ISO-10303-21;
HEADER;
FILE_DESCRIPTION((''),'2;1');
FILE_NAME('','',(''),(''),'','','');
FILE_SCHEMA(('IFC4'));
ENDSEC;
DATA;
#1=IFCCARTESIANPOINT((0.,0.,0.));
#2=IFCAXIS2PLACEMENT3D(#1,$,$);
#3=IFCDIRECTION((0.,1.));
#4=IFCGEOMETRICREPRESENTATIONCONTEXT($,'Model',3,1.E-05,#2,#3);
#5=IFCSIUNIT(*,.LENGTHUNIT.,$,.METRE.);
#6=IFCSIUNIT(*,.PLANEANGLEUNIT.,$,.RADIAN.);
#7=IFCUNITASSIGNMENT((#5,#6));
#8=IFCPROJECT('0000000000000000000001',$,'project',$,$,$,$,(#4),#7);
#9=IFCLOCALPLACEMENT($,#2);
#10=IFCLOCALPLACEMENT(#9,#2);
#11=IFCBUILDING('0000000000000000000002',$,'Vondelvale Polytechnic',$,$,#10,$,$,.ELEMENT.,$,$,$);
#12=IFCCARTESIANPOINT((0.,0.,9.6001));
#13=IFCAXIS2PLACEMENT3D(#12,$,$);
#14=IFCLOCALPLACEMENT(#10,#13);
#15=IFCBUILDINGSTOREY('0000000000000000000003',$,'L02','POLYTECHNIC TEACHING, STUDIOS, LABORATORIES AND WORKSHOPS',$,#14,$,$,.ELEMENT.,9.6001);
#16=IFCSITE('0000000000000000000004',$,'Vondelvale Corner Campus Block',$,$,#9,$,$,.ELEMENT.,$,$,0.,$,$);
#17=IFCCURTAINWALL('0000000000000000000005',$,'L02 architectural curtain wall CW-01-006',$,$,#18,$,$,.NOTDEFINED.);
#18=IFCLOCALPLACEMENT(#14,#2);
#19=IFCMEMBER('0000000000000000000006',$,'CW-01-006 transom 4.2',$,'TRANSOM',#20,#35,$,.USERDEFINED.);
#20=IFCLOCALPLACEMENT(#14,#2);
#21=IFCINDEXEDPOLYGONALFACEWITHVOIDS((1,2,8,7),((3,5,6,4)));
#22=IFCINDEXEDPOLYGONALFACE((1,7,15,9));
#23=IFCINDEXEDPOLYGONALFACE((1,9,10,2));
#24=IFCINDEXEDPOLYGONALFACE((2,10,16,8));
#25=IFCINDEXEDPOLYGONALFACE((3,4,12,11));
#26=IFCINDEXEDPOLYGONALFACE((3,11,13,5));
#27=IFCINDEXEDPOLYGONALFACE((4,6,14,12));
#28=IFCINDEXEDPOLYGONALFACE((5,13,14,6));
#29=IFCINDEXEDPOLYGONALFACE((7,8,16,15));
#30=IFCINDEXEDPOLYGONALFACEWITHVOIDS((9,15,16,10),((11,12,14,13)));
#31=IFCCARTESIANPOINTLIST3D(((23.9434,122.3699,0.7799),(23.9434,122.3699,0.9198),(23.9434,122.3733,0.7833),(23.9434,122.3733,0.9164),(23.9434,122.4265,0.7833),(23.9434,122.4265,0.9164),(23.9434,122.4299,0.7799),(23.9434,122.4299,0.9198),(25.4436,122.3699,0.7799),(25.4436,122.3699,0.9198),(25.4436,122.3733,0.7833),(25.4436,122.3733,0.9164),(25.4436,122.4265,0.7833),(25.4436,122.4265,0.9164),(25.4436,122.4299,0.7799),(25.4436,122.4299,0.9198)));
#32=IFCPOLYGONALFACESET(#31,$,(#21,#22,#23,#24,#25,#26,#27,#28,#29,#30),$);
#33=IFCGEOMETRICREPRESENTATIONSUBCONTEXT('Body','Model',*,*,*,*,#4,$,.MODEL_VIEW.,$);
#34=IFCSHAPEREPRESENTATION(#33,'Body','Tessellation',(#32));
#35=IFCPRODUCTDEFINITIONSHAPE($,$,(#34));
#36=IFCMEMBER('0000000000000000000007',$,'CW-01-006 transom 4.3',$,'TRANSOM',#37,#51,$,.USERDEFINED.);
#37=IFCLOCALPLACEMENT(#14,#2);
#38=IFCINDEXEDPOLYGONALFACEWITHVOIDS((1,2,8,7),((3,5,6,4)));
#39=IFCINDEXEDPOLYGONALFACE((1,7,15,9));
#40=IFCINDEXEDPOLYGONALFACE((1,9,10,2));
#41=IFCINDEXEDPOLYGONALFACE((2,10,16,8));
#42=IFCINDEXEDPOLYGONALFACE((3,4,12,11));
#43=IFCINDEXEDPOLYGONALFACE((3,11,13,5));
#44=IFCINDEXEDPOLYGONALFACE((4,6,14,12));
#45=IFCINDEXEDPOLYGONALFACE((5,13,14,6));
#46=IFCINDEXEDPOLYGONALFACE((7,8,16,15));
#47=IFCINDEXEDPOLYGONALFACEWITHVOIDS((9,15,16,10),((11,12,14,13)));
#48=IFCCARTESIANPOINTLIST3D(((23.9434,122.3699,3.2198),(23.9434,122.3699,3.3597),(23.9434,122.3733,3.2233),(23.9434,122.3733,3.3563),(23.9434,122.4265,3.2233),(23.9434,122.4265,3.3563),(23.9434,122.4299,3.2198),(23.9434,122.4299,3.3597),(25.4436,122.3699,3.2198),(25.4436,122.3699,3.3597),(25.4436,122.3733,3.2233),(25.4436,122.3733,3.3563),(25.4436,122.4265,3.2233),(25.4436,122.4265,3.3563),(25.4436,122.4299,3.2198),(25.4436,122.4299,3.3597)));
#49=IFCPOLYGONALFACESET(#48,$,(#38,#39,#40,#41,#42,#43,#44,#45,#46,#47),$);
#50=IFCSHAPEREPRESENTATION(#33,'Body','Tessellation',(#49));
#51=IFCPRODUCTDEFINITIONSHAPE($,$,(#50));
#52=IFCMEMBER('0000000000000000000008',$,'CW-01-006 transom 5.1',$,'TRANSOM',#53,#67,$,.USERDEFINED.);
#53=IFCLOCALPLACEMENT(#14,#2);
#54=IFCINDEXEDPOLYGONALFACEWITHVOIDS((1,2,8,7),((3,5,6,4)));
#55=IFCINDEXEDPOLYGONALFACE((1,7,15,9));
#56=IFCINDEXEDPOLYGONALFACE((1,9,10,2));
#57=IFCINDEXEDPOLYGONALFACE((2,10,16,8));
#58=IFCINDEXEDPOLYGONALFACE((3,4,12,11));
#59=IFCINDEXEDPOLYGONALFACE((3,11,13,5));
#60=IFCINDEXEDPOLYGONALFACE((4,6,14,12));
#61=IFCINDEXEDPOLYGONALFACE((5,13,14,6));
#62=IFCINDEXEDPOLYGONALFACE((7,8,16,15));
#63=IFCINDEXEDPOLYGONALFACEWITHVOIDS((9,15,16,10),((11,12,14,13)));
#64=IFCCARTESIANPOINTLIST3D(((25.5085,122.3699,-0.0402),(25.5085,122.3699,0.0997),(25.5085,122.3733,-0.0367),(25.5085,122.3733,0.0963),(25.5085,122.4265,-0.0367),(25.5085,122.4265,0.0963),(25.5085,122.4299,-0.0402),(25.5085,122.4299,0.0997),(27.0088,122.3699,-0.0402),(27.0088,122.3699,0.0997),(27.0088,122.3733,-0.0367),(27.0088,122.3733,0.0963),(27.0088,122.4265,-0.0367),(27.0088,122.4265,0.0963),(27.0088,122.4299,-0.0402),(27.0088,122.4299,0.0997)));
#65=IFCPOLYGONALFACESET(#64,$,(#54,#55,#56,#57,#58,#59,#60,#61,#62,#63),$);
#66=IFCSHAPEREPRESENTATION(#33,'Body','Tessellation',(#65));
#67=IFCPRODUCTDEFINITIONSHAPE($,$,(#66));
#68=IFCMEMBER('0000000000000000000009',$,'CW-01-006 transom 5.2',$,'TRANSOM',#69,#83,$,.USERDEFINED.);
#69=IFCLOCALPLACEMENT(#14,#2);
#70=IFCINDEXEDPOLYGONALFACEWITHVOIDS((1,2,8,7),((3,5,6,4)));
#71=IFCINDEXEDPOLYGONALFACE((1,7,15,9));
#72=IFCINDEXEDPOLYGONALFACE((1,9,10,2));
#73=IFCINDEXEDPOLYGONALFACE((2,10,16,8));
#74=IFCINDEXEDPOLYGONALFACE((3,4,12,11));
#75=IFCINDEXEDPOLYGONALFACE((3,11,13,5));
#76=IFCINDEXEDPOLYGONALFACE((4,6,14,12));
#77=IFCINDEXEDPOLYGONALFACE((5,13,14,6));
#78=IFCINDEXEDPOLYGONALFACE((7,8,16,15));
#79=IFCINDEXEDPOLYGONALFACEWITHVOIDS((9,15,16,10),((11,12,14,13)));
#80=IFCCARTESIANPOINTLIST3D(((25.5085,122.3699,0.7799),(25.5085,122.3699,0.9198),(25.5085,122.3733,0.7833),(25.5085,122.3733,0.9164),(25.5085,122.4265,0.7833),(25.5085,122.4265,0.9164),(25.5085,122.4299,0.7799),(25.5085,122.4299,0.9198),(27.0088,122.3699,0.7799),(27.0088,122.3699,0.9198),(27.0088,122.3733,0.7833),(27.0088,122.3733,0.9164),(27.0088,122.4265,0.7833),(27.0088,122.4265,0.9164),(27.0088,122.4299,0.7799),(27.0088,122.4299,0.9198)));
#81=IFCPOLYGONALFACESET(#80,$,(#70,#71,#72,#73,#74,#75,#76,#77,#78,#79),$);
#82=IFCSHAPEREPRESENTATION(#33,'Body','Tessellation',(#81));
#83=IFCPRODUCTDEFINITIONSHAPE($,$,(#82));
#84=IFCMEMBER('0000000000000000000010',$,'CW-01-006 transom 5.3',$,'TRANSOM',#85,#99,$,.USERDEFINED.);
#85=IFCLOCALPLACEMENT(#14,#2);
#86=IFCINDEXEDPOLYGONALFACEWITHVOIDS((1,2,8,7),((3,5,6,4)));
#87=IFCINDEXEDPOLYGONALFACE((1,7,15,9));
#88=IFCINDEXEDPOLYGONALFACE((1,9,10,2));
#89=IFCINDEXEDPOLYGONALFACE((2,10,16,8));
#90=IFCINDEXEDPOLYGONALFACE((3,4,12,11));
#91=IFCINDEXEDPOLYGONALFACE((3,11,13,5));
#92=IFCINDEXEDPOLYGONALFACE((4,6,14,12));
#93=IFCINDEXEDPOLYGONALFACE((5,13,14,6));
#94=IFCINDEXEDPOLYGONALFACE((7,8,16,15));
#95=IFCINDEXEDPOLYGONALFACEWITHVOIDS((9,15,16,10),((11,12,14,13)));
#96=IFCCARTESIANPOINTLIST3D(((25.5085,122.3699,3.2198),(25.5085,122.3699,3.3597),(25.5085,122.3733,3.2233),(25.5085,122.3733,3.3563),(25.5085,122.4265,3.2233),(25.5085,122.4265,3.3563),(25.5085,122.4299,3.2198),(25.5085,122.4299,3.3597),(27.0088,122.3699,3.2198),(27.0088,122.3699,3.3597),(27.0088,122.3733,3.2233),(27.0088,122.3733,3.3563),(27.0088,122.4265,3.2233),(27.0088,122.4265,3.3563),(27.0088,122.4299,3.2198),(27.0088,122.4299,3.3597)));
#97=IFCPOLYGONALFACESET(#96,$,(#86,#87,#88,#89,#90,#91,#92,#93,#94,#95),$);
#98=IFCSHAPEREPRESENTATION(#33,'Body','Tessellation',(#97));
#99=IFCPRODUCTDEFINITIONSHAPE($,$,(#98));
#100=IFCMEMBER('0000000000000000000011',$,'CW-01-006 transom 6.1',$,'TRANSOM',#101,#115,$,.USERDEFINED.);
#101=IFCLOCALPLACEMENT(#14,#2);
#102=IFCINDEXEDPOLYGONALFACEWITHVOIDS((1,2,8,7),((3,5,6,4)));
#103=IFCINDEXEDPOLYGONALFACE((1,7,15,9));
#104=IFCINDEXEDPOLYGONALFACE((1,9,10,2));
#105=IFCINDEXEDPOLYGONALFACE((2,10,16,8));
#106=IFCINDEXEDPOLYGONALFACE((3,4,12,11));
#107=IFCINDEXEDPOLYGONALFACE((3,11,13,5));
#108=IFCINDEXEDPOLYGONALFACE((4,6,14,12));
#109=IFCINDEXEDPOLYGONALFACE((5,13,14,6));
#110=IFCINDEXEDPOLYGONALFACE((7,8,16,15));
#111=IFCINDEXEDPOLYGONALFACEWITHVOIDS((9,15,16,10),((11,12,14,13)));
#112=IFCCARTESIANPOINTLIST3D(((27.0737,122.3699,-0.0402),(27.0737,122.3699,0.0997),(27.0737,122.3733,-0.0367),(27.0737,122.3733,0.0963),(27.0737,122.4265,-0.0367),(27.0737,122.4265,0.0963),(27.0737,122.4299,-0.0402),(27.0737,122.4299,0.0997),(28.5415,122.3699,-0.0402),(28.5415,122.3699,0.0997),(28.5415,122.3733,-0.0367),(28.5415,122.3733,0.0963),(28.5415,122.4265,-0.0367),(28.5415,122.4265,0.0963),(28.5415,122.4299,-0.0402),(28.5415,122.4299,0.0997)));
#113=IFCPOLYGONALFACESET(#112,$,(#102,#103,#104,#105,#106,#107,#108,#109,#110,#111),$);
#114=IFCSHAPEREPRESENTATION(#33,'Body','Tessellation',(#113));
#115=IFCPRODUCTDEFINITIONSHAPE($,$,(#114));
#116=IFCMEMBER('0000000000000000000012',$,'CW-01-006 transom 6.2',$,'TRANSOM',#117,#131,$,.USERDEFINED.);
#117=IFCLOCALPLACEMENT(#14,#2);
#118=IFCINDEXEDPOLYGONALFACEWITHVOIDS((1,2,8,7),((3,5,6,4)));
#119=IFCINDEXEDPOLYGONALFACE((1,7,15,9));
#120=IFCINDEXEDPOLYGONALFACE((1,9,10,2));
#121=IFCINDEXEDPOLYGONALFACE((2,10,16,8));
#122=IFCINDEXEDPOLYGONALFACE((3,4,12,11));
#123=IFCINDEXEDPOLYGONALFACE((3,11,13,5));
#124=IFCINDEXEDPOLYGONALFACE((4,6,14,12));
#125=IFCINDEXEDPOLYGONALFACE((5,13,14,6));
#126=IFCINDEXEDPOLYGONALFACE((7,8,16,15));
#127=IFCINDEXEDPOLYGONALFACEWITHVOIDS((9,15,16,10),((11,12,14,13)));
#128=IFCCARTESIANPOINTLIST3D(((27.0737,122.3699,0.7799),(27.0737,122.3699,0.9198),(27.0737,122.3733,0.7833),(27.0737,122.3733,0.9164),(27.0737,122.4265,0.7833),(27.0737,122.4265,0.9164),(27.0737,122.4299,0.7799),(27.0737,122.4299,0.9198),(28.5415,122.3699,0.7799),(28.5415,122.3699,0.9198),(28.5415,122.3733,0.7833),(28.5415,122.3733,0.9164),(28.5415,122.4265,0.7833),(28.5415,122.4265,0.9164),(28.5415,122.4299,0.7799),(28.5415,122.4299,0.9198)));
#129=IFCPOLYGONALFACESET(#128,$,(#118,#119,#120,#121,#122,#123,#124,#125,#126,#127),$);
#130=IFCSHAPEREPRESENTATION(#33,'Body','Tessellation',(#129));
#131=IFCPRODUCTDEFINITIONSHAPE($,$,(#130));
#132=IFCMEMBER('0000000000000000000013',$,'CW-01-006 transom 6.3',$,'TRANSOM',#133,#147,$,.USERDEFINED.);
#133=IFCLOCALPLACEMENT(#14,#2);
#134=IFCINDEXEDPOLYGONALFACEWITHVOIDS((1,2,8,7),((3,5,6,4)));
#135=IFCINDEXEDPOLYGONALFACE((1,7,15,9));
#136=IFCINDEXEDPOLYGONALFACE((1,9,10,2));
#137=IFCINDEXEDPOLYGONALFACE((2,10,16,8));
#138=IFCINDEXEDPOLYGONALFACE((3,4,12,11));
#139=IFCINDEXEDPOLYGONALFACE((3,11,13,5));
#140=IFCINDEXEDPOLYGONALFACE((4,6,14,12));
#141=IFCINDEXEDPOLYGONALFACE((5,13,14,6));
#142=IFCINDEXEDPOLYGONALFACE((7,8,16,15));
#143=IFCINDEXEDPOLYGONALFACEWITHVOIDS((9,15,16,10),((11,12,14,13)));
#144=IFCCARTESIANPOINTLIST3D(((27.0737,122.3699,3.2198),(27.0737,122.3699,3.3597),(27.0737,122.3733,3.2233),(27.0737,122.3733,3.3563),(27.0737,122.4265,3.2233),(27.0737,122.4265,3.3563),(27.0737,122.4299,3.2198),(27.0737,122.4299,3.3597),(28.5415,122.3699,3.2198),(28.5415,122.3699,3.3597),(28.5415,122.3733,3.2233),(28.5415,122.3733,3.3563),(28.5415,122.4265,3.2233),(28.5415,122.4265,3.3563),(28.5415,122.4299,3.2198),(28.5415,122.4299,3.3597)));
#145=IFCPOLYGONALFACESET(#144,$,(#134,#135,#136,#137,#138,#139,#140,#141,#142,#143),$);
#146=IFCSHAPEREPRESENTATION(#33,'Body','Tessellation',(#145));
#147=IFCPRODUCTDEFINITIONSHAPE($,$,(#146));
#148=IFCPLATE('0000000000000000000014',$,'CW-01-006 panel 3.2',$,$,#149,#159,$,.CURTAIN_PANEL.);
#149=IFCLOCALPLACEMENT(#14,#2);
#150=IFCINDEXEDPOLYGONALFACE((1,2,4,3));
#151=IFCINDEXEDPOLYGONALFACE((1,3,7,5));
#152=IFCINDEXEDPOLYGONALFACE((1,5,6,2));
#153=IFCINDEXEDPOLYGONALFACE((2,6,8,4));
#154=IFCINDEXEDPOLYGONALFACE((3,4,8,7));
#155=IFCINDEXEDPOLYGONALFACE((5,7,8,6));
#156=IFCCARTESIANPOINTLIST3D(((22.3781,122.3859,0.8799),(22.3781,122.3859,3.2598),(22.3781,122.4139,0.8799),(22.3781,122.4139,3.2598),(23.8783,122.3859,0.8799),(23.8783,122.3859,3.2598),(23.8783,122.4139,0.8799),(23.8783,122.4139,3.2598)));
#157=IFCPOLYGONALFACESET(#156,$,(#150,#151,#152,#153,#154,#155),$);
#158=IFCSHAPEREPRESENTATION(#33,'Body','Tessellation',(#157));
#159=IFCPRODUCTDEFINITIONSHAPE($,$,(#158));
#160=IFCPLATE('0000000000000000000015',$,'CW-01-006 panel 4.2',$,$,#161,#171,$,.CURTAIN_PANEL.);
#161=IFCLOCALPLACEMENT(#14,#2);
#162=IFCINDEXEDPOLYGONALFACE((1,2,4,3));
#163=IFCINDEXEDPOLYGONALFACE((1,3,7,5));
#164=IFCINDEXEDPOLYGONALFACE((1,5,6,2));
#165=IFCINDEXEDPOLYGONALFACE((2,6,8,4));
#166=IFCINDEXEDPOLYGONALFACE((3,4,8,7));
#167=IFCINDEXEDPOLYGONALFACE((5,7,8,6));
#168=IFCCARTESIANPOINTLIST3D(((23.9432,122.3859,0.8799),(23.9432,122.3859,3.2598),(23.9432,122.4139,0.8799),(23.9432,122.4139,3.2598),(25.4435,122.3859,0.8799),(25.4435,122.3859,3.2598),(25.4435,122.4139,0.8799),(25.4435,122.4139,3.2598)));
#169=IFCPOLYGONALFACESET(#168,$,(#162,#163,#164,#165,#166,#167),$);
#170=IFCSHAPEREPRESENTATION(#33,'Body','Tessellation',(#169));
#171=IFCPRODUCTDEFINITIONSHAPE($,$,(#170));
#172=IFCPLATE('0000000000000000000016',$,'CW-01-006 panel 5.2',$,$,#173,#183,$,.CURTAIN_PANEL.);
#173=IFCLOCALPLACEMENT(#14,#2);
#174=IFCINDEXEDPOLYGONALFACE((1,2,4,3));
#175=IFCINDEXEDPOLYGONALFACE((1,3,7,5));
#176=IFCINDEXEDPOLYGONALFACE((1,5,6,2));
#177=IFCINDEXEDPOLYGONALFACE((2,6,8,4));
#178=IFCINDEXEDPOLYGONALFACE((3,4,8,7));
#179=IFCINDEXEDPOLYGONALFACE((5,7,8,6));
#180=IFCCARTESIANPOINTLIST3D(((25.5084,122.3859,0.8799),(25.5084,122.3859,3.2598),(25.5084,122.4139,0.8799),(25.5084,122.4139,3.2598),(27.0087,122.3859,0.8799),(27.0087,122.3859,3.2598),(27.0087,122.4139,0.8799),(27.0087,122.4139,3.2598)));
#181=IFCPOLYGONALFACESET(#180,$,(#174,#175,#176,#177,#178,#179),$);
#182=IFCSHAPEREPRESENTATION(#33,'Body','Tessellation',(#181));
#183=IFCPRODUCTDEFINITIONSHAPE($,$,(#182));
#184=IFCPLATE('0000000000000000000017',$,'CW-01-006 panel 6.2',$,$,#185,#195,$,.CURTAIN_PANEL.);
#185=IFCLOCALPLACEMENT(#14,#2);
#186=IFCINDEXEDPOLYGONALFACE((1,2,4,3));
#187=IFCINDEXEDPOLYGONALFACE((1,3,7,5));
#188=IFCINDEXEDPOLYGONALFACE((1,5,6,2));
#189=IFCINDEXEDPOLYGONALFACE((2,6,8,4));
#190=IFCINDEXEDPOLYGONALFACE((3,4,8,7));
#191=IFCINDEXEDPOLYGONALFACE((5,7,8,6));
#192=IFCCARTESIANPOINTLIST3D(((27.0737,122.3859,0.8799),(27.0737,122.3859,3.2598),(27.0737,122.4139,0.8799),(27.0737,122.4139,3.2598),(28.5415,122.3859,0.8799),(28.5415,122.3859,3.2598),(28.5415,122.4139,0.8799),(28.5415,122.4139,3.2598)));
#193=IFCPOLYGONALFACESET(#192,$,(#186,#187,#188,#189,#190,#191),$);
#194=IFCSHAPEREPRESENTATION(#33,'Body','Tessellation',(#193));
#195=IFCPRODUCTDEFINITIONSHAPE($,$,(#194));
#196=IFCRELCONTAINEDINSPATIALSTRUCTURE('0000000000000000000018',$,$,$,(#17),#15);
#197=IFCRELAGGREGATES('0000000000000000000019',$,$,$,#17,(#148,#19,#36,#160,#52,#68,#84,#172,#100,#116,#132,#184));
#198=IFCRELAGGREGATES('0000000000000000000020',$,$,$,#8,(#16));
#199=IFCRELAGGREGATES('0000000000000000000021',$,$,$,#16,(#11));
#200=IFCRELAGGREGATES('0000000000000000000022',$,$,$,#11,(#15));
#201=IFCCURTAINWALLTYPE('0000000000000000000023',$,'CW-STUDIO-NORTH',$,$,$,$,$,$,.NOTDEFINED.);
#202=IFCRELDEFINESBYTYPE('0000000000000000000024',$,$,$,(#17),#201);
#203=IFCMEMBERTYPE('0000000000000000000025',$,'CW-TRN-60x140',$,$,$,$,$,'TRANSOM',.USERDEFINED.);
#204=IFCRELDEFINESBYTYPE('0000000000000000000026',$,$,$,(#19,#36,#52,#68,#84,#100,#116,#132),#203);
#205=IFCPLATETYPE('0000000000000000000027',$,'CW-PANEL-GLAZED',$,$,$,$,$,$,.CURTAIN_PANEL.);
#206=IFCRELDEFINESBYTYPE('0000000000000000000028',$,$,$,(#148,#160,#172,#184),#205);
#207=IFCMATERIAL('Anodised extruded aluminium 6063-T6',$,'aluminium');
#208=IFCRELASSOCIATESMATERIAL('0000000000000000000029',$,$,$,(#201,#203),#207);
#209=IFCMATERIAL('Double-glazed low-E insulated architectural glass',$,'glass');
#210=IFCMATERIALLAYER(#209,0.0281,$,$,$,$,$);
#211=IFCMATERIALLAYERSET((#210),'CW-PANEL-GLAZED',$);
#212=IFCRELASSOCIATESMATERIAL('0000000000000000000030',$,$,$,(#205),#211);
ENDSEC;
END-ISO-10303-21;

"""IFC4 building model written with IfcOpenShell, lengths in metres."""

from ifc_helpers import new_model, si_unit, direction, frame, origin, origin_2d, place, context, subcontext, project, spatial, rectangle, hollow_rectangle, extrude, material, layer, layer_set, material_profile, profile_set, type_object, element, aggregate, save


model = new_model("IFC4")

# Units and contexts
model_context = context("Model", 3, precision=1e-05, world=origin(), true_north=direction((0.0, 1.0)))
body_context = subcontext(model_context, "Body", "Model", "MODEL_VIEW")
ifc_project = project(units=[si_unit("LENGTHUNIT", "METRE"), si_unit("PLANEANGLEUNIT", "RADIAN")], contexts=[model_context])

# Site, building, storey
site_placement = place(None, origin())
site = spatial("IfcSite", under=ifc_project, at=site_placement, Name="Vondelvale Corner Campus Block", CompositionType="ELEMENT", RefElevation=0.0)
building_placement = place(site_placement, origin())
building = spatial("IfcBuilding", under=site, at=building_placement, Name="Vondelvale Polytechnic", CompositionType="ELEMENT")
storey_placement = place(building_placement, frame((0.0, 0.0, 9.6001)))
storey = spatial("IfcBuildingStorey", under=building, at=storey_placement, Name="L02", Description="POLYTECHNIC TEACHING, STUDIOS, LABORATORIES AND WORKSHOPS", CompositionType="ELEMENT", Elevation=9.6001)

# Curtain wall, members, plates
ifc_material_1 = material(Name="Anodised extruded aluminium 6063-T6", Category="aluminium")
curtain_wall_type = type_object("IfcCurtainWallType", Name="CW-STUDIO-NORTH", PredefinedType="NOTDEFINED", material=ifc_material_1)
curtain_wall_placement = place(storey_placement, origin())
curtain_wall = element("IfcCurtainWall", 1, at=curtain_wall_placement, inside=storey, type_object=curtain_wall_type, Name="L02 architectural curtain wall CW-01-006", PredefinedType="NOTDEFINED")
ifc_material_profile_1 = material_profile(ifc_material_1, hollow_rectangle(XDim=0.0601, YDim=0.1399, WallThickness=0.0034, at=origin_2d()), Name="CW-TRN-140x60")
ifc_profile_set_1 = profile_set([ifc_material_profile_1], Name="Anodised extruded aluminium 6063-T6")
member_type_1 = type_object("IfcMemberType", Name="CW-TRN-60x140", ElementType="TRANSOM", PredefinedType="USERDEFINED", material=ifc_profile_set_1)
member_1_placement = place(storey_placement, frame((23.9434, 122.3999, 0.8499), z_axis=(1.0, 0.0, 0.0), x_axis=(0.0, 1.0, 0.0)))
member_1 = element("IfcMember", 2, at=member_1_placement, type_object=member_type_1, Name="CW-01-006 transom 4.2", ObjectType="TRANSOM", PredefinedType="USERDEFINED", context=body_context, shape_type="SweptSolid", body=[
    extrude(hollow_rectangle(XDim=0.0601, YDim=0.1399, WallThickness=0.0034, at=origin_2d()), origin(), (0.0, 0.0, 1.0), 1.5002),
])
member_2_placement = place(storey_placement, frame((23.9434, 122.3999, 3.2898), z_axis=(1.0, 0.0, 0.0), x_axis=(0.0, 1.0, 0.0)))
member_2 = element("IfcMember", 3, at=member_2_placement, type_object=member_type_1, Name="CW-01-006 transom 4.3", ObjectType="TRANSOM", PredefinedType="USERDEFINED", context=body_context, shape_type="SweptSolid", body=[
    extrude(hollow_rectangle(XDim=0.0601, YDim=0.1399, WallThickness=0.0034, at=origin_2d()), origin(), (0.0, 0.0, 1.0), 1.5002),
])
member_3_placement = place(storey_placement, frame((25.5085, 122.3999, 0.0298), z_axis=(1.0, 0.0, 0.0), x_axis=(0.0, 1.0, 0.0)))
member_3 = element("IfcMember", 4, at=member_3_placement, type_object=member_type_1, Name="CW-01-006 transom 5.1", ObjectType="TRANSOM", PredefinedType="USERDEFINED", context=body_context, shape_type="SweptSolid", body=[
    extrude(hollow_rectangle(XDim=0.0601, YDim=0.1399, WallThickness=0.0034, at=origin_2d()), origin(), (0.0, 0.0, 1.0), 1.5002),
])
member_4_placement = place(storey_placement, frame((25.5085, 122.3999, 0.8499), z_axis=(1.0, 0.0, 0.0), x_axis=(0.0, 1.0, 0.0)))
member_4 = element("IfcMember", 5, at=member_4_placement, type_object=member_type_1, Name="CW-01-006 transom 5.2", ObjectType="TRANSOM", PredefinedType="USERDEFINED", context=body_context, shape_type="SweptSolid", body=[
    extrude(hollow_rectangle(XDim=0.0601, YDim=0.1399, WallThickness=0.0034, at=origin_2d()), origin(), (0.0, 0.0, 1.0), 1.5002),
])
member_5_placement = place(storey_placement, frame((25.5085, 122.3999, 3.2898), z_axis=(1.0, 0.0, 0.0), x_axis=(0.0, 1.0, 0.0)))
member_5 = element("IfcMember", 6, at=member_5_placement, type_object=member_type_1, Name="CW-01-006 transom 5.3", ObjectType="TRANSOM", PredefinedType="USERDEFINED", context=body_context, shape_type="SweptSolid", body=[
    extrude(hollow_rectangle(XDim=0.0601, YDim=0.1399, WallThickness=0.0034, at=origin_2d()), origin(), (0.0, 0.0, 1.0), 1.5002),
])
member_6_placement = place(storey_placement, frame((27.0737, 122.3999, 0.0298), z_axis=(1.0, 0.0, 0.0), x_axis=(0.0, 1.0, 0.0)))
member_6 = element("IfcMember", 7, at=member_6_placement, type_object=member_type_1, Name="CW-01-006 transom 6.1", ObjectType="TRANSOM", PredefinedType="USERDEFINED", context=body_context, shape_type="SweptSolid", body=[
    extrude(hollow_rectangle(XDim=0.0601, YDim=0.1399, WallThickness=0.0034, at=origin_2d()), origin(), (0.0, 0.0, 1.0), 1.4678),
])
member_7_placement = place(storey_placement, frame((27.0737, 122.3999, 0.8499), z_axis=(1.0, 0.0, 0.0), x_axis=(0.0, 1.0, 0.0)))
member_7 = element("IfcMember", 8, at=member_7_placement, type_object=member_type_1, Name="CW-01-006 transom 6.2", ObjectType="TRANSOM", PredefinedType="USERDEFINED", context=body_context, shape_type="SweptSolid", body=[
    extrude(hollow_rectangle(XDim=0.0601, YDim=0.1399, WallThickness=0.0034, at=origin_2d()), origin(), (0.0, 0.0, 1.0), 1.4678),
])
member_8_placement = place(storey_placement, frame((27.0737, 122.3999, 3.2898), z_axis=(1.0, 0.0, 0.0), x_axis=(0.0, 1.0, 0.0)))
member_8 = element("IfcMember", 9, at=member_8_placement, type_object=member_type_1, Name="CW-01-006 transom 6.3", ObjectType="TRANSOM", PredefinedType="USERDEFINED", context=body_context, shape_type="SweptSolid", body=[
    extrude(hollow_rectangle(XDim=0.0601, YDim=0.1399, WallThickness=0.0034, at=origin_2d()), origin(), (0.0, 0.0, 1.0), 1.4678),
])
ifc_material_2 = material(Name="Double-glazed low-E insulated architectural glass", Category="glass")
ifc_layer_1 = layer(ifc_material_2, 0.0281)
ifc_layer_set_1 = layer_set([ifc_layer_1], Name="CW-PANEL-GLAZED")
plate_type_1 = type_object("IfcPlateType", Name="CW-PANEL-GLAZED", PredefinedType="CURTAIN_PANEL", material=ifc_layer_set_1)
plate_1_placement = place(storey_placement, frame((23.1282, 122.3999, 0.8799), z_axis=(0.0, 0.0, 1.0), x_axis=(1.0, 0.0, 0.0)))
plate_1 = element("IfcPlate", 10, at=plate_1_placement, type_object=plate_type_1, Name="CW-01-006 panel 3.2", PredefinedType="CURTAIN_PANEL", context=body_context, shape_type="SweptSolid", body=[
    extrude(rectangle(XDim=1.5002, YDim=0.0281, at=origin_2d()), origin(), (0.0, 0.0, 1.0), 2.3799),
])
plate_2_placement = place(storey_placement, frame((24.6934, 122.3999, 0.8799), z_axis=(0.0, 0.0, 1.0), x_axis=(1.0, 0.0, 0.0)))
plate_2 = element("IfcPlate", 11, at=plate_2_placement, type_object=plate_type_1, Name="CW-01-006 panel 4.2", PredefinedType="CURTAIN_PANEL", context=body_context, shape_type="SweptSolid", body=[
    extrude(rectangle(XDim=1.5002, YDim=0.0281, at=origin_2d()), origin(), (0.0, 0.0, 1.0), 2.3799),
])
plate_3_placement = place(storey_placement, frame((26.2585, 122.3999, 0.8799), z_axis=(0.0, 0.0, 1.0), x_axis=(1.0, 0.0, 0.0)))
plate_3 = element("IfcPlate", 12, at=plate_3_placement, type_object=plate_type_1, Name="CW-01-006 panel 5.2", PredefinedType="CURTAIN_PANEL", context=body_context, shape_type="SweptSolid", body=[
    extrude(rectangle(XDim=1.5002, YDim=0.0281, at=origin_2d()), origin(), (0.0, 0.0, 1.0), 2.3799),
])
plate_4_placement = place(storey_placement, frame((27.8076, 122.3999, 0.8799), z_axis=(0.0, 0.0, 1.0), x_axis=(1.0, 0.0, 0.0)))
plate_4 = element("IfcPlate", 13, at=plate_4_placement, type_object=plate_type_1, Name="CW-01-006 panel 6.2", PredefinedType="CURTAIN_PANEL", context=body_context, shape_type="SweptSolid", body=[
    extrude(rectangle(XDim=1.4678, YDim=0.0281, at=origin_2d()), origin(), (0.0, 0.0, 1.0), 2.3799),
])
aggregate(curtain_wall, [plate_1, member_1, member_2, plate_2, member_3, member_4, member_5, plate_3, member_6, member_7, member_8, plate_4])

save(model, "model.ifc")
